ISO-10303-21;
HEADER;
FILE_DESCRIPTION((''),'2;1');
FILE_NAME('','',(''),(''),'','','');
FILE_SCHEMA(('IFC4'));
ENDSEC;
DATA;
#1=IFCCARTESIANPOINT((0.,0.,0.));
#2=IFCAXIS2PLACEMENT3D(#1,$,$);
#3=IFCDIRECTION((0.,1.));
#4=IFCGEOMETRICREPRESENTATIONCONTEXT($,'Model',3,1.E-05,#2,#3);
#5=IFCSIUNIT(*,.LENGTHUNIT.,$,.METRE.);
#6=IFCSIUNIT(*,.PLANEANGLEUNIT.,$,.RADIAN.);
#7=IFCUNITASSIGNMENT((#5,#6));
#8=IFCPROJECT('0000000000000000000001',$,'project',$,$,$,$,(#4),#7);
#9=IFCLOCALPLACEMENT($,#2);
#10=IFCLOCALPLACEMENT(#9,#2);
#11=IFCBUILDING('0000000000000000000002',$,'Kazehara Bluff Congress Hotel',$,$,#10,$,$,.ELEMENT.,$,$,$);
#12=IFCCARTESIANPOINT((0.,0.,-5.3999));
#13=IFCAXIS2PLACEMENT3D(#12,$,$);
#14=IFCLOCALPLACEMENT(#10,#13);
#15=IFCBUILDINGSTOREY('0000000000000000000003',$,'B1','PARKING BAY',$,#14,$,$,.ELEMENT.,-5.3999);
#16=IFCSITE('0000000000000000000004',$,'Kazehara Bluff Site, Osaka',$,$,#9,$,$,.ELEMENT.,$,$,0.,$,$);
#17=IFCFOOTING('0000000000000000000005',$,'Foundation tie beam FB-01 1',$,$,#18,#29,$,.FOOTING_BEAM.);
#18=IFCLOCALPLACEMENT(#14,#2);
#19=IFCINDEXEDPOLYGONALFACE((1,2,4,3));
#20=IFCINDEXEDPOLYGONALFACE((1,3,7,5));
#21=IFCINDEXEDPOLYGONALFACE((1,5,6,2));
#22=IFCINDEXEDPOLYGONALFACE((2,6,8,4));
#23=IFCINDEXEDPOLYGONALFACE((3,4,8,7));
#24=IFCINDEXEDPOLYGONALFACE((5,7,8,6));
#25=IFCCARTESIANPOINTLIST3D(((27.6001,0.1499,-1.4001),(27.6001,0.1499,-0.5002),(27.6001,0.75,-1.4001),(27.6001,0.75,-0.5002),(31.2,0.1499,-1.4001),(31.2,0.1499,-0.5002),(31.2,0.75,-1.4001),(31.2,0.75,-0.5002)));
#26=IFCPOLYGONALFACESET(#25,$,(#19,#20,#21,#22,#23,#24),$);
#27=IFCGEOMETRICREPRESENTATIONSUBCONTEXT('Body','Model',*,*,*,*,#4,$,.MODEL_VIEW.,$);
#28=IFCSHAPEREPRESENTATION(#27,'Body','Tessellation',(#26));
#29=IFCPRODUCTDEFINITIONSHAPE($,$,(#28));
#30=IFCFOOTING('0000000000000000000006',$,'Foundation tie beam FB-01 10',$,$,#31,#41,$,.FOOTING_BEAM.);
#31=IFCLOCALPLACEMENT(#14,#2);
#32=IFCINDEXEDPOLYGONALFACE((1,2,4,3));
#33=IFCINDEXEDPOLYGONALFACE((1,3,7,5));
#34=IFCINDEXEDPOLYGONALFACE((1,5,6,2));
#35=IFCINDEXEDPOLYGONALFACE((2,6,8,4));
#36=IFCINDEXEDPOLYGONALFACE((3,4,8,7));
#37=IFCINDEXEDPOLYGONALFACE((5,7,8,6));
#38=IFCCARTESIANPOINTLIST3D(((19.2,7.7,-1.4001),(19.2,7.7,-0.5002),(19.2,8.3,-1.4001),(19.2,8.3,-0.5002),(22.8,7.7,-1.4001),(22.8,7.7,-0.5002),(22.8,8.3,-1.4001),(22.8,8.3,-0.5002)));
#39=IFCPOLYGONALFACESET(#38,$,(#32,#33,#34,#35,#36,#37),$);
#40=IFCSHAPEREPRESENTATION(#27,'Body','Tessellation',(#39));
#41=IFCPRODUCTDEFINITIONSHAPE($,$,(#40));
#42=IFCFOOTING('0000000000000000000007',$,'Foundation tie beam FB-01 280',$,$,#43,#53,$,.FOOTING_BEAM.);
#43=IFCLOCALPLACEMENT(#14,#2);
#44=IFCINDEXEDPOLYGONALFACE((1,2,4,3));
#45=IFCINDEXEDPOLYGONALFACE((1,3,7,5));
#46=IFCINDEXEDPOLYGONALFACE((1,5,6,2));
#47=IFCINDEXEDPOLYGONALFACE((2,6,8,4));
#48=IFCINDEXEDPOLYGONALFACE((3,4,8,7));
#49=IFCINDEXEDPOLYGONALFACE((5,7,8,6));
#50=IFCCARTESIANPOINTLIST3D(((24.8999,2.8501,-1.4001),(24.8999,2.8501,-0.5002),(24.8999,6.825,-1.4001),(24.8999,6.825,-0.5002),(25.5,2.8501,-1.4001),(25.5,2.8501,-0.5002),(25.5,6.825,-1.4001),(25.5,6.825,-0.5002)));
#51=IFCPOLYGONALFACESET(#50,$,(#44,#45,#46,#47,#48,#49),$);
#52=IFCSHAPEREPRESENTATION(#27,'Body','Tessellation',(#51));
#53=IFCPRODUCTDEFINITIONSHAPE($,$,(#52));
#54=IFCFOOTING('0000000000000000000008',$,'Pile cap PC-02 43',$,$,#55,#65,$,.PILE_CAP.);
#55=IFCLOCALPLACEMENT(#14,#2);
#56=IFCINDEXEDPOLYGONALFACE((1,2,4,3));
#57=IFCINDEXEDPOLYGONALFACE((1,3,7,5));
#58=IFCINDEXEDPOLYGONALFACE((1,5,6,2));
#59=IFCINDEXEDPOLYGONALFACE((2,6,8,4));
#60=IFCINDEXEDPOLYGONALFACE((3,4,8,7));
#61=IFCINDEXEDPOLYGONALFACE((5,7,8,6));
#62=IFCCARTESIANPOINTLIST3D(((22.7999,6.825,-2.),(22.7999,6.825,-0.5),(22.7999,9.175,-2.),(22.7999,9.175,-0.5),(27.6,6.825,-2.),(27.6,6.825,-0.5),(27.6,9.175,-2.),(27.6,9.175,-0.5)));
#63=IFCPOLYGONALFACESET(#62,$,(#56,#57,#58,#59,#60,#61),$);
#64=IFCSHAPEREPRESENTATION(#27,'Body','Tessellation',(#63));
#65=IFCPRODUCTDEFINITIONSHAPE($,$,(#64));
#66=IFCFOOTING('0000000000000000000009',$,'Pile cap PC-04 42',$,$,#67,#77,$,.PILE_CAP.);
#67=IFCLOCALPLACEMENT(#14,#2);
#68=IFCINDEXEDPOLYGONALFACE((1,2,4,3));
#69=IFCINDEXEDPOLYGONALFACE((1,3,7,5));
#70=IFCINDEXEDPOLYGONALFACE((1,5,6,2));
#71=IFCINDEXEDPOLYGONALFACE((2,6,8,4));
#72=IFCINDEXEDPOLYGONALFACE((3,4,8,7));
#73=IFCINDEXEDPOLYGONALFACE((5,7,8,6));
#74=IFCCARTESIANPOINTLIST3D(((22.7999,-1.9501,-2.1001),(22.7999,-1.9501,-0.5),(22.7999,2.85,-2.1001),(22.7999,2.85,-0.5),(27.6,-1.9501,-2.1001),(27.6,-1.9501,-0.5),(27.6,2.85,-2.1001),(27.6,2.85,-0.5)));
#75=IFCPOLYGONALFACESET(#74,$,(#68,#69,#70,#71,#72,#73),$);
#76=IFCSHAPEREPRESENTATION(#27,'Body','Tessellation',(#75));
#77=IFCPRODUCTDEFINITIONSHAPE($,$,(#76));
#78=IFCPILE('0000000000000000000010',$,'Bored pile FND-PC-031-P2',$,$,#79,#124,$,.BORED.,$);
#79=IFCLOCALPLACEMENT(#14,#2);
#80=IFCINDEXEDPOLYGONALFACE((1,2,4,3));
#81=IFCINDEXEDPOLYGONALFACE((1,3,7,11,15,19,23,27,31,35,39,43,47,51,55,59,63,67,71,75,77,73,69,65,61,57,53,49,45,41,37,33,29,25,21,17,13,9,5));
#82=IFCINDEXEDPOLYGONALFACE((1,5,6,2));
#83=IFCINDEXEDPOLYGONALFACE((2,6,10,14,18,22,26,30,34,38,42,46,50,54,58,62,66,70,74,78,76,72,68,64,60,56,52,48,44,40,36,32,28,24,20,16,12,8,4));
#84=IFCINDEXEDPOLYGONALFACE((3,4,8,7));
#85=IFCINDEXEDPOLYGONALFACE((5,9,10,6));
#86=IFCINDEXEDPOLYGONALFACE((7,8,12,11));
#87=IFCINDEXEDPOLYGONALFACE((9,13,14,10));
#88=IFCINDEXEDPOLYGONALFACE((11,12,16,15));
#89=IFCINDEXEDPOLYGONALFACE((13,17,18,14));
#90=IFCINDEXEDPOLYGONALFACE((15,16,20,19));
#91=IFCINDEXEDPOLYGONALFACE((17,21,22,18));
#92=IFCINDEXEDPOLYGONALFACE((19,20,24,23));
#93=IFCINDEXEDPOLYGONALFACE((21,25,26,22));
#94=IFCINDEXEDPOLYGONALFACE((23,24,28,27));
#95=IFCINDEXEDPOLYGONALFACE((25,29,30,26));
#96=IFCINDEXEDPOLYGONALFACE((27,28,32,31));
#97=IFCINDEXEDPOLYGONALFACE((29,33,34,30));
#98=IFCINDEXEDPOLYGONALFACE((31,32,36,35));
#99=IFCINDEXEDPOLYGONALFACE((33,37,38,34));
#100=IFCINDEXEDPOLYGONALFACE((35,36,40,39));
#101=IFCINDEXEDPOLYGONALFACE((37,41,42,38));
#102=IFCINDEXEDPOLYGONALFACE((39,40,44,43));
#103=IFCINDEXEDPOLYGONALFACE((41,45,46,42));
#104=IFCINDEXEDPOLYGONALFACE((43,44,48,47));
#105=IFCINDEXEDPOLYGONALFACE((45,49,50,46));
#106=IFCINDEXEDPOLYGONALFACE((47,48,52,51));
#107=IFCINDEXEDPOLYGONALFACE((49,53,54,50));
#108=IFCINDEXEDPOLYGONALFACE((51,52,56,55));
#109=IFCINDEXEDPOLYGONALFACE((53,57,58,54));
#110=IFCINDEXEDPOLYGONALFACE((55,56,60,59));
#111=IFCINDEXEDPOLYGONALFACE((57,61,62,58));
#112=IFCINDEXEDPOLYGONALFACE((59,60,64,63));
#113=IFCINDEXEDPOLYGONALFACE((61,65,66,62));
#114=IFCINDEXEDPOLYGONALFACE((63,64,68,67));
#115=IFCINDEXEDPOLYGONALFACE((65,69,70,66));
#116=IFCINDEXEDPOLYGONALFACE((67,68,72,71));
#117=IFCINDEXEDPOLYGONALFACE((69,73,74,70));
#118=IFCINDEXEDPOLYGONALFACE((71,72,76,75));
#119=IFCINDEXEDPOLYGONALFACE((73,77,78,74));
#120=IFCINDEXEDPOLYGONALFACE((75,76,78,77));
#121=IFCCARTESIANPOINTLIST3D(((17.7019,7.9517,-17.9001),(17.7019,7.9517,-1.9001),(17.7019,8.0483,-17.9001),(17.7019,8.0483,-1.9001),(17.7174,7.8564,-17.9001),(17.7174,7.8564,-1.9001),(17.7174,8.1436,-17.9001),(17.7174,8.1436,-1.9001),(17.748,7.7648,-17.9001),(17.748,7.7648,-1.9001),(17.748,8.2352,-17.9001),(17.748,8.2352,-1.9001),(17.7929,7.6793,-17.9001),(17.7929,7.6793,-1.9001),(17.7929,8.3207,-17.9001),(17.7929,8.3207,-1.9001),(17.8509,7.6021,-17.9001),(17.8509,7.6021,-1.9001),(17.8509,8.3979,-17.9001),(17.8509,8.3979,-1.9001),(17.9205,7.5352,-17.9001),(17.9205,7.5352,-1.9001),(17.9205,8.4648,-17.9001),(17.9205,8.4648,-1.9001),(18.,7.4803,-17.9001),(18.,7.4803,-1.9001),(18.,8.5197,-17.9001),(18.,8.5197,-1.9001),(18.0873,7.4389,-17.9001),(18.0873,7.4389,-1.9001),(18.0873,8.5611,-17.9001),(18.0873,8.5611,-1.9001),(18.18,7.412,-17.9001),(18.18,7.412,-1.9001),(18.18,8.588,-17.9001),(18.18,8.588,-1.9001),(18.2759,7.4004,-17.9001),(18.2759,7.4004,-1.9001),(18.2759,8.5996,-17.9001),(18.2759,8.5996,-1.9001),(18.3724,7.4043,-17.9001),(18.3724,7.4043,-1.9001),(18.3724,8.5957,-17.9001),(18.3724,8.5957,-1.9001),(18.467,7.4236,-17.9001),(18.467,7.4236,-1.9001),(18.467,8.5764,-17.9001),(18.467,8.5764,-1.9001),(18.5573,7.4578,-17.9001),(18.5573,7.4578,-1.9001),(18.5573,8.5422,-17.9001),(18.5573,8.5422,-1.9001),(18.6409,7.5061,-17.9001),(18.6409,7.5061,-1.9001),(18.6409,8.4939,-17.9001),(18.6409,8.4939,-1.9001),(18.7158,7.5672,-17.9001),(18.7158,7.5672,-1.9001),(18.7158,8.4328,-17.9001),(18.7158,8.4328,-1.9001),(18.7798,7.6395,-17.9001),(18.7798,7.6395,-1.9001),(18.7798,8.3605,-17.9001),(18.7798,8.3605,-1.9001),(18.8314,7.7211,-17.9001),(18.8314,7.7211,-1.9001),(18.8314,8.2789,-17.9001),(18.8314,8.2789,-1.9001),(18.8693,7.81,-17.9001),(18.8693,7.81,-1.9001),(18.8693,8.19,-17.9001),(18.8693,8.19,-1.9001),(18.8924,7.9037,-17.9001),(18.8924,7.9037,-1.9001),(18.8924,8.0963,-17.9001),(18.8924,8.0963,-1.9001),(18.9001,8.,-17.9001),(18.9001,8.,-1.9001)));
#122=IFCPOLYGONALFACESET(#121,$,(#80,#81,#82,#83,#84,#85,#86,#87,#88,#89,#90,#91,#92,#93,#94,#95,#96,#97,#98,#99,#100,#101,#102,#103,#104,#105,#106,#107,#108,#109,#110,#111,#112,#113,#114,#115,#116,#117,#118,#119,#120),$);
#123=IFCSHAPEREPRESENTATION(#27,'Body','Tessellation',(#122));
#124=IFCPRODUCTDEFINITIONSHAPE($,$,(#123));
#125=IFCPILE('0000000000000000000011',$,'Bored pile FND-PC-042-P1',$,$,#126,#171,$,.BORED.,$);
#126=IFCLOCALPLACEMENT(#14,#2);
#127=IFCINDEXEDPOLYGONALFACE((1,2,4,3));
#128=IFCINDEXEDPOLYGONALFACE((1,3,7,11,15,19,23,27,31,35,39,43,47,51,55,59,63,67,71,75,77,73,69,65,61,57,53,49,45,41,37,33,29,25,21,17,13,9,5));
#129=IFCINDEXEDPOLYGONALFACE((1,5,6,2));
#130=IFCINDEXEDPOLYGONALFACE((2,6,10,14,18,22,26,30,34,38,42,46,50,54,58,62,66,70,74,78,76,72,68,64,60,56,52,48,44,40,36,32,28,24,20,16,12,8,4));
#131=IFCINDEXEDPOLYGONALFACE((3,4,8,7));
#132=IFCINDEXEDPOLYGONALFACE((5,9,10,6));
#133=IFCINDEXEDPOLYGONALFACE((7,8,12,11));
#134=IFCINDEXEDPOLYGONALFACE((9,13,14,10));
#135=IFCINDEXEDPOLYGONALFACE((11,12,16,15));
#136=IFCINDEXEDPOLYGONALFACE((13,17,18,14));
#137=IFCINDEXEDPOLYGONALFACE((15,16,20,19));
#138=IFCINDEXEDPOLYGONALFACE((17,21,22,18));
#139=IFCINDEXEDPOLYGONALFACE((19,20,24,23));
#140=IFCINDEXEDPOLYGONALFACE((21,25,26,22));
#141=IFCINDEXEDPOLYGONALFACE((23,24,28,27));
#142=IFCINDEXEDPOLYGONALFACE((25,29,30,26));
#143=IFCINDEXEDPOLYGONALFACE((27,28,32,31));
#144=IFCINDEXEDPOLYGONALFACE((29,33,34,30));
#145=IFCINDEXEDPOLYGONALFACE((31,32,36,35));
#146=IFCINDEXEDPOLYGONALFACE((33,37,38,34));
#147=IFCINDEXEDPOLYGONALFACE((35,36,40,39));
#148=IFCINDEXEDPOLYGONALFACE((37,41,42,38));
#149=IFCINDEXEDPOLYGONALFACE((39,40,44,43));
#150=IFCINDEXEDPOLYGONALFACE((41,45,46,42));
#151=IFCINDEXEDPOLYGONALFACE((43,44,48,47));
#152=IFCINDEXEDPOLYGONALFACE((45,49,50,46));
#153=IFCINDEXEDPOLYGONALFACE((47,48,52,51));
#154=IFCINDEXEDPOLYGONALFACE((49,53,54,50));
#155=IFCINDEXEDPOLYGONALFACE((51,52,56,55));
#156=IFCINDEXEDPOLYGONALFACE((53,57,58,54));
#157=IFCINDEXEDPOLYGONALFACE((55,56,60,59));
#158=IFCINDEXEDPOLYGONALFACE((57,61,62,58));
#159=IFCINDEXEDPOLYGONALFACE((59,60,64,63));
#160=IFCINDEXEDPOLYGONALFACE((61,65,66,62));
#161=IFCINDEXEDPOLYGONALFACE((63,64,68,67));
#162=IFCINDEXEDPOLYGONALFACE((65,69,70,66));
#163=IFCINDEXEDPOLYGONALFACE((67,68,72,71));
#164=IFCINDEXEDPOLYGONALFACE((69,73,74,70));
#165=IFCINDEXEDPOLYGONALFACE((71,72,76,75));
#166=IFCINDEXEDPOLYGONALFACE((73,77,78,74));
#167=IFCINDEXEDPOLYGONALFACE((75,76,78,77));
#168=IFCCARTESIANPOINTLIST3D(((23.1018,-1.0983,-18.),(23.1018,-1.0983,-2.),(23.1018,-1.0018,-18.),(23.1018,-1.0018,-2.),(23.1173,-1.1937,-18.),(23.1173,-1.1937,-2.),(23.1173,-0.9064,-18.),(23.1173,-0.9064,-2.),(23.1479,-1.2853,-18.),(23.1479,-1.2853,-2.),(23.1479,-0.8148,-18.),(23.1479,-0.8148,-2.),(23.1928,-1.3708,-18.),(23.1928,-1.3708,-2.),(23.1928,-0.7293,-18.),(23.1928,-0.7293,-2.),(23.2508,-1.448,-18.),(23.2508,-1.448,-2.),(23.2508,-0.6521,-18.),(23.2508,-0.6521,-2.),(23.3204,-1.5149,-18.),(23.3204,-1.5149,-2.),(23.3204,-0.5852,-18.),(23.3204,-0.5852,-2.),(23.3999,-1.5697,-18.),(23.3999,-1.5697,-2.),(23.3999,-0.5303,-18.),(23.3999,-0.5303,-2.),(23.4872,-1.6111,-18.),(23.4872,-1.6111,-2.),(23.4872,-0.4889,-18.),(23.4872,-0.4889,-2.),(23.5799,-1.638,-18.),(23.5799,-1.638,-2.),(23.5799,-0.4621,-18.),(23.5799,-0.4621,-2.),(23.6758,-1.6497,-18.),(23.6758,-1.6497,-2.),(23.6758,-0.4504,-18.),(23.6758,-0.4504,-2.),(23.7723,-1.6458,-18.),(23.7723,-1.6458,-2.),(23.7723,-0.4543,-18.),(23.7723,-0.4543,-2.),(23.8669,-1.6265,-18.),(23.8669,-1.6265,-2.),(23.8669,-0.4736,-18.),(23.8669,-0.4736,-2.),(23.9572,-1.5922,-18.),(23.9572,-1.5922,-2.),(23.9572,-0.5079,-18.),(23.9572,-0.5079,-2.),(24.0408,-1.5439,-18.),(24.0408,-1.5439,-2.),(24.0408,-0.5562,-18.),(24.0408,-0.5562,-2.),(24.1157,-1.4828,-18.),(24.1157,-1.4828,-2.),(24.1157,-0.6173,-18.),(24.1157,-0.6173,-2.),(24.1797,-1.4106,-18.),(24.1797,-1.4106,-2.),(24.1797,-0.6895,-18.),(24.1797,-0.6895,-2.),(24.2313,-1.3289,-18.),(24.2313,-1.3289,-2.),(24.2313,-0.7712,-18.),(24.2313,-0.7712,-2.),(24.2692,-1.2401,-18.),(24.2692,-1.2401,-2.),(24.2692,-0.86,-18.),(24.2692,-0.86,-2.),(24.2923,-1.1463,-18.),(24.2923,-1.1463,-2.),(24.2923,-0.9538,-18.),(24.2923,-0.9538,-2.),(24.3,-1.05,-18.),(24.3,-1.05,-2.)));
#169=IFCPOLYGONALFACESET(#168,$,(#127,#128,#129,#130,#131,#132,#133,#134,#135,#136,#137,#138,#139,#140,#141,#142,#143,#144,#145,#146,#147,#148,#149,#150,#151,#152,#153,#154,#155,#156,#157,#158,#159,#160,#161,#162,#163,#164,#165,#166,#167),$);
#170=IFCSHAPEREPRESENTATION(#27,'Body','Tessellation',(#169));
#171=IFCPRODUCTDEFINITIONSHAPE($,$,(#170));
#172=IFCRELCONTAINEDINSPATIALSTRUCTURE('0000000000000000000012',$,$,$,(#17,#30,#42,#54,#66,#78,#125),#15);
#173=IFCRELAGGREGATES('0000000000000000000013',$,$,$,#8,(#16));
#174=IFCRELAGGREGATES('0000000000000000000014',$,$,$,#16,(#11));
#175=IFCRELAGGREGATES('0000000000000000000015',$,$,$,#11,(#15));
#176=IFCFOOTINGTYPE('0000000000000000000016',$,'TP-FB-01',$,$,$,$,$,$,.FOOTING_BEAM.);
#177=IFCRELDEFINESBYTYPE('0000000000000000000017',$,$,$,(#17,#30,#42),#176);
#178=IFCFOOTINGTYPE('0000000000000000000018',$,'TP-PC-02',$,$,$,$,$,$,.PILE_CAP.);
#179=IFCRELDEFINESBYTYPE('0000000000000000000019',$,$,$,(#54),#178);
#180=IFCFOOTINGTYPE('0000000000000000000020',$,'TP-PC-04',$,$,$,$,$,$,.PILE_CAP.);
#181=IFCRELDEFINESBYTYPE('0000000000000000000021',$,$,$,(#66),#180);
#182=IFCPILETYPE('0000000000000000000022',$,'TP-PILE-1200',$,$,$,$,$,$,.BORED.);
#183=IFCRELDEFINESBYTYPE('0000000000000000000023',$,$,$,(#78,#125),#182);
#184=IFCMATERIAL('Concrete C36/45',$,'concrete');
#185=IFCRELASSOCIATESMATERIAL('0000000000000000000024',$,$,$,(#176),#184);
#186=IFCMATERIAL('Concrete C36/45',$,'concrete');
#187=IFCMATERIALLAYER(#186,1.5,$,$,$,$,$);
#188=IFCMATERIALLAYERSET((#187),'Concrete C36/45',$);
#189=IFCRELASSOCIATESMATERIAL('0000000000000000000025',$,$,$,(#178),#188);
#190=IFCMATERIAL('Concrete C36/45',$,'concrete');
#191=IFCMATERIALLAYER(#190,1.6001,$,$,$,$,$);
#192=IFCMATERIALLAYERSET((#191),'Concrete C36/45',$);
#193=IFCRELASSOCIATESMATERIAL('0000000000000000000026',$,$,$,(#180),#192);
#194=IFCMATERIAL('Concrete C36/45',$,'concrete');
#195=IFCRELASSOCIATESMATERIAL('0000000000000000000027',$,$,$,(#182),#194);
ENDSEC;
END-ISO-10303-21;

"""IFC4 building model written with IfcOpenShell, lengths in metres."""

from ifc_helpers import new_model, si_unit, direction, frame, origin, origin_2d, place, context, subcontext, project, spatial, rectangle, circle, extrude, material, layer, layer_set, material_profile, profile_set, type_object, element, save


model = new_model("IFC4")

# Units and contexts
model_context = context("Model", 3, precision=1e-05, world=origin(), true_north=direction((0.0, 1.0)))
body_context = subcontext(model_context, "Body", "Model", "MODEL_VIEW")
ifc_project = project(units=[si_unit("LENGTHUNIT", "METRE"), si_unit("PLANEANGLEUNIT", "RADIAN")], contexts=[model_context])

# Site, building, storey
site_placement = place(None, origin())
site = spatial("IfcSite", under=ifc_project, at=site_placement, Name="Kazehara Bluff Site, Osaka", CompositionType="ELEMENT", RefElevation=0.0)
building_placement = place(site_placement, origin())
building = spatial("IfcBuilding", under=site, at=building_placement, Name="Kazehara Bluff Congress Hotel", CompositionType="ELEMENT")
storey_placement = place(building_placement, frame((0.0, 0.0, -5.3999)))
storey = spatial("IfcBuildingStorey", under=building, at=storey_placement, Name="B1", Description="PARKING BAY", CompositionType="ELEMENT", Elevation=-5.3999)

# Footings
ifc_material_1 = material(Name="Concrete C36/45", Category="concrete")
ifc_material_profile_1 = material_profile(ifc_material_1, rectangle(XDim=0.6001, YDim=0.8999, at=origin_2d()))
ifc_profile_set_1 = profile_set([ifc_material_profile_1], Name="Concrete C36/45")
footing_type_1 = type_object("IfcFootingType", Name="TP-FB-01", PredefinedType="FOOTING_BEAM", material=ifc_profile_set_1)
footing_1_placement = place(storey_placement, frame((27.6001, 0.45, -0.9502), z_axis=(1.0, 0.0, 0.0), x_axis=(0.0, 1.0, 0.0)))
element("IfcFooting", 1, at=footing_1_placement, inside=storey, type_object=footing_type_1, Name="Foundation tie beam FB-01 1", PredefinedType="FOOTING_BEAM", context=body_context, shape_type="SweptSolid", body=[
    extrude(rectangle(XDim=0.6001, YDim=0.8999, at=origin_2d()), origin(), (0.0, 0.0, 1.0), 3.5999),
])
footing_2_placement = place(storey_placement, frame((19.2, 8.0, -0.9502), z_axis=(1.0, 0.0, 0.0), x_axis=(0.0, 1.0, 0.0)))
element("IfcFooting", 2, at=footing_2_placement, inside=storey, type_object=footing_type_1, Name="Foundation tie beam FB-01 10", PredefinedType="FOOTING_BEAM", context=body_context, shape_type="SweptSolid", body=[
    extrude(rectangle(XDim=0.6001, YDim=0.8999, at=origin_2d()), origin(), (0.0, 0.0, 1.0), 3.6001),
])
footing_3_placement = place(storey_placement, frame((25.2, 2.8501, -0.9502), z_axis=(0.0, 1.0, 0.0), x_axis=(-1.0, 0.0, 0.0)))
element("IfcFooting", 3, at=footing_3_placement, inside=storey, type_object=footing_type_1, Name="Foundation tie beam FB-01 280", PredefinedType="FOOTING_BEAM", context=body_context, shape_type="SweptSolid", body=[
    extrude(rectangle(XDim=0.6001, YDim=0.8999, at=origin_2d()), origin(), (0.0, 0.0, 1.0), 3.9749),
])
ifc_material_2 = material(Name="Concrete C36/45", Category="concrete")
ifc_layer_1 = layer(ifc_material_2, 1.5)
ifc_layer_set_1 = layer_set([ifc_layer_1], Name="Concrete C36/45")
footing_type_2 = type_object("IfcFootingType", Name="TP-PC-02", PredefinedType="PILE_CAP", material=ifc_layer_set_1)
footing_4_placement = place(storey_placement, frame((25.2, 8.0, -2.0), z_axis=(0.0, 0.0, 1.0), x_axis=(1.0, 0.0, 0.0)))
element("IfcFooting", 4, at=footing_4_placement, inside=storey, type_object=footing_type_2, Name="Pile cap PC-02 43", PredefinedType="PILE_CAP", context=body_context, shape_type="SweptSolid", body=[
    extrude(rectangle(XDim=4.8, YDim=2.3501, at=origin_2d()), origin(), (0.0, 0.0, 1.0), 1.5),
])
ifc_material_3 = material(Name="Concrete C36/45", Category="concrete")
ifc_layer_2 = layer(ifc_material_3, 1.6001)
ifc_layer_set_2 = layer_set([ifc_layer_2], Name="Concrete C36/45")
footing_type_3 = type_object("IfcFootingType", Name="TP-PC-04", PredefinedType="PILE_CAP", material=ifc_layer_set_2)
footing_5_placement = place(storey_placement, frame((25.2, 0.45, -2.1001), z_axis=(0.0, 0.0, 1.0), x_axis=(1.0, 0.0, 0.0)))
element("IfcFooting", 5, at=footing_5_placement, inside=storey, type_object=footing_type_3, Name="Pile cap PC-04 42", PredefinedType="PILE_CAP", context=body_context, shape_type="SweptSolid", body=[
    extrude(rectangle(XDim=4.8, YDim=4.8, at=origin_2d()), origin(), (0.0, 0.0, 1.0), 1.6001),
])

# Piles
ifc_material_4 = material(Name="Concrete C36/45", Category="concrete")
ifc_material_profile_2 = material_profile(ifc_material_4, circle(Radius=0.6001, at=origin_2d()))
ifc_profile_set_2 = profile_set([ifc_material_profile_2], Name="Concrete C36/45")
pile_type = type_object("IfcPileType", Name="TP-PILE-1200", PredefinedType="BORED", material=ifc_profile_set_2)
for number, where, z_axis, x_axis, name in (
    (6, (18.3, 8.0, -1.9001), (0.0, 0.0, -1.0), (1.0, 0.0, 0.0), "Bored pile FND-PC-031-P2"),
    (7, (23.7, -1.05, -2.0), (0.0, 0.0, -1.0), (1.0, 0.0, 0.0), "Bored pile FND-PC-042-P1"),
):
    element("IfcPile", number, at=place(storey_placement, frame(where, z_axis=z_axis, x_axis=x_axis)), inside=storey, type_object=pile_type, Name=name, PredefinedType="BORED", context=body_context, shape_type="SweptSolid", body=[
        extrude(circle(Radius=0.6001, at=origin_2d()), origin(), (0.0, 0.0, 1.0), 16.0),
    ])

save(model, "model.ifc")
